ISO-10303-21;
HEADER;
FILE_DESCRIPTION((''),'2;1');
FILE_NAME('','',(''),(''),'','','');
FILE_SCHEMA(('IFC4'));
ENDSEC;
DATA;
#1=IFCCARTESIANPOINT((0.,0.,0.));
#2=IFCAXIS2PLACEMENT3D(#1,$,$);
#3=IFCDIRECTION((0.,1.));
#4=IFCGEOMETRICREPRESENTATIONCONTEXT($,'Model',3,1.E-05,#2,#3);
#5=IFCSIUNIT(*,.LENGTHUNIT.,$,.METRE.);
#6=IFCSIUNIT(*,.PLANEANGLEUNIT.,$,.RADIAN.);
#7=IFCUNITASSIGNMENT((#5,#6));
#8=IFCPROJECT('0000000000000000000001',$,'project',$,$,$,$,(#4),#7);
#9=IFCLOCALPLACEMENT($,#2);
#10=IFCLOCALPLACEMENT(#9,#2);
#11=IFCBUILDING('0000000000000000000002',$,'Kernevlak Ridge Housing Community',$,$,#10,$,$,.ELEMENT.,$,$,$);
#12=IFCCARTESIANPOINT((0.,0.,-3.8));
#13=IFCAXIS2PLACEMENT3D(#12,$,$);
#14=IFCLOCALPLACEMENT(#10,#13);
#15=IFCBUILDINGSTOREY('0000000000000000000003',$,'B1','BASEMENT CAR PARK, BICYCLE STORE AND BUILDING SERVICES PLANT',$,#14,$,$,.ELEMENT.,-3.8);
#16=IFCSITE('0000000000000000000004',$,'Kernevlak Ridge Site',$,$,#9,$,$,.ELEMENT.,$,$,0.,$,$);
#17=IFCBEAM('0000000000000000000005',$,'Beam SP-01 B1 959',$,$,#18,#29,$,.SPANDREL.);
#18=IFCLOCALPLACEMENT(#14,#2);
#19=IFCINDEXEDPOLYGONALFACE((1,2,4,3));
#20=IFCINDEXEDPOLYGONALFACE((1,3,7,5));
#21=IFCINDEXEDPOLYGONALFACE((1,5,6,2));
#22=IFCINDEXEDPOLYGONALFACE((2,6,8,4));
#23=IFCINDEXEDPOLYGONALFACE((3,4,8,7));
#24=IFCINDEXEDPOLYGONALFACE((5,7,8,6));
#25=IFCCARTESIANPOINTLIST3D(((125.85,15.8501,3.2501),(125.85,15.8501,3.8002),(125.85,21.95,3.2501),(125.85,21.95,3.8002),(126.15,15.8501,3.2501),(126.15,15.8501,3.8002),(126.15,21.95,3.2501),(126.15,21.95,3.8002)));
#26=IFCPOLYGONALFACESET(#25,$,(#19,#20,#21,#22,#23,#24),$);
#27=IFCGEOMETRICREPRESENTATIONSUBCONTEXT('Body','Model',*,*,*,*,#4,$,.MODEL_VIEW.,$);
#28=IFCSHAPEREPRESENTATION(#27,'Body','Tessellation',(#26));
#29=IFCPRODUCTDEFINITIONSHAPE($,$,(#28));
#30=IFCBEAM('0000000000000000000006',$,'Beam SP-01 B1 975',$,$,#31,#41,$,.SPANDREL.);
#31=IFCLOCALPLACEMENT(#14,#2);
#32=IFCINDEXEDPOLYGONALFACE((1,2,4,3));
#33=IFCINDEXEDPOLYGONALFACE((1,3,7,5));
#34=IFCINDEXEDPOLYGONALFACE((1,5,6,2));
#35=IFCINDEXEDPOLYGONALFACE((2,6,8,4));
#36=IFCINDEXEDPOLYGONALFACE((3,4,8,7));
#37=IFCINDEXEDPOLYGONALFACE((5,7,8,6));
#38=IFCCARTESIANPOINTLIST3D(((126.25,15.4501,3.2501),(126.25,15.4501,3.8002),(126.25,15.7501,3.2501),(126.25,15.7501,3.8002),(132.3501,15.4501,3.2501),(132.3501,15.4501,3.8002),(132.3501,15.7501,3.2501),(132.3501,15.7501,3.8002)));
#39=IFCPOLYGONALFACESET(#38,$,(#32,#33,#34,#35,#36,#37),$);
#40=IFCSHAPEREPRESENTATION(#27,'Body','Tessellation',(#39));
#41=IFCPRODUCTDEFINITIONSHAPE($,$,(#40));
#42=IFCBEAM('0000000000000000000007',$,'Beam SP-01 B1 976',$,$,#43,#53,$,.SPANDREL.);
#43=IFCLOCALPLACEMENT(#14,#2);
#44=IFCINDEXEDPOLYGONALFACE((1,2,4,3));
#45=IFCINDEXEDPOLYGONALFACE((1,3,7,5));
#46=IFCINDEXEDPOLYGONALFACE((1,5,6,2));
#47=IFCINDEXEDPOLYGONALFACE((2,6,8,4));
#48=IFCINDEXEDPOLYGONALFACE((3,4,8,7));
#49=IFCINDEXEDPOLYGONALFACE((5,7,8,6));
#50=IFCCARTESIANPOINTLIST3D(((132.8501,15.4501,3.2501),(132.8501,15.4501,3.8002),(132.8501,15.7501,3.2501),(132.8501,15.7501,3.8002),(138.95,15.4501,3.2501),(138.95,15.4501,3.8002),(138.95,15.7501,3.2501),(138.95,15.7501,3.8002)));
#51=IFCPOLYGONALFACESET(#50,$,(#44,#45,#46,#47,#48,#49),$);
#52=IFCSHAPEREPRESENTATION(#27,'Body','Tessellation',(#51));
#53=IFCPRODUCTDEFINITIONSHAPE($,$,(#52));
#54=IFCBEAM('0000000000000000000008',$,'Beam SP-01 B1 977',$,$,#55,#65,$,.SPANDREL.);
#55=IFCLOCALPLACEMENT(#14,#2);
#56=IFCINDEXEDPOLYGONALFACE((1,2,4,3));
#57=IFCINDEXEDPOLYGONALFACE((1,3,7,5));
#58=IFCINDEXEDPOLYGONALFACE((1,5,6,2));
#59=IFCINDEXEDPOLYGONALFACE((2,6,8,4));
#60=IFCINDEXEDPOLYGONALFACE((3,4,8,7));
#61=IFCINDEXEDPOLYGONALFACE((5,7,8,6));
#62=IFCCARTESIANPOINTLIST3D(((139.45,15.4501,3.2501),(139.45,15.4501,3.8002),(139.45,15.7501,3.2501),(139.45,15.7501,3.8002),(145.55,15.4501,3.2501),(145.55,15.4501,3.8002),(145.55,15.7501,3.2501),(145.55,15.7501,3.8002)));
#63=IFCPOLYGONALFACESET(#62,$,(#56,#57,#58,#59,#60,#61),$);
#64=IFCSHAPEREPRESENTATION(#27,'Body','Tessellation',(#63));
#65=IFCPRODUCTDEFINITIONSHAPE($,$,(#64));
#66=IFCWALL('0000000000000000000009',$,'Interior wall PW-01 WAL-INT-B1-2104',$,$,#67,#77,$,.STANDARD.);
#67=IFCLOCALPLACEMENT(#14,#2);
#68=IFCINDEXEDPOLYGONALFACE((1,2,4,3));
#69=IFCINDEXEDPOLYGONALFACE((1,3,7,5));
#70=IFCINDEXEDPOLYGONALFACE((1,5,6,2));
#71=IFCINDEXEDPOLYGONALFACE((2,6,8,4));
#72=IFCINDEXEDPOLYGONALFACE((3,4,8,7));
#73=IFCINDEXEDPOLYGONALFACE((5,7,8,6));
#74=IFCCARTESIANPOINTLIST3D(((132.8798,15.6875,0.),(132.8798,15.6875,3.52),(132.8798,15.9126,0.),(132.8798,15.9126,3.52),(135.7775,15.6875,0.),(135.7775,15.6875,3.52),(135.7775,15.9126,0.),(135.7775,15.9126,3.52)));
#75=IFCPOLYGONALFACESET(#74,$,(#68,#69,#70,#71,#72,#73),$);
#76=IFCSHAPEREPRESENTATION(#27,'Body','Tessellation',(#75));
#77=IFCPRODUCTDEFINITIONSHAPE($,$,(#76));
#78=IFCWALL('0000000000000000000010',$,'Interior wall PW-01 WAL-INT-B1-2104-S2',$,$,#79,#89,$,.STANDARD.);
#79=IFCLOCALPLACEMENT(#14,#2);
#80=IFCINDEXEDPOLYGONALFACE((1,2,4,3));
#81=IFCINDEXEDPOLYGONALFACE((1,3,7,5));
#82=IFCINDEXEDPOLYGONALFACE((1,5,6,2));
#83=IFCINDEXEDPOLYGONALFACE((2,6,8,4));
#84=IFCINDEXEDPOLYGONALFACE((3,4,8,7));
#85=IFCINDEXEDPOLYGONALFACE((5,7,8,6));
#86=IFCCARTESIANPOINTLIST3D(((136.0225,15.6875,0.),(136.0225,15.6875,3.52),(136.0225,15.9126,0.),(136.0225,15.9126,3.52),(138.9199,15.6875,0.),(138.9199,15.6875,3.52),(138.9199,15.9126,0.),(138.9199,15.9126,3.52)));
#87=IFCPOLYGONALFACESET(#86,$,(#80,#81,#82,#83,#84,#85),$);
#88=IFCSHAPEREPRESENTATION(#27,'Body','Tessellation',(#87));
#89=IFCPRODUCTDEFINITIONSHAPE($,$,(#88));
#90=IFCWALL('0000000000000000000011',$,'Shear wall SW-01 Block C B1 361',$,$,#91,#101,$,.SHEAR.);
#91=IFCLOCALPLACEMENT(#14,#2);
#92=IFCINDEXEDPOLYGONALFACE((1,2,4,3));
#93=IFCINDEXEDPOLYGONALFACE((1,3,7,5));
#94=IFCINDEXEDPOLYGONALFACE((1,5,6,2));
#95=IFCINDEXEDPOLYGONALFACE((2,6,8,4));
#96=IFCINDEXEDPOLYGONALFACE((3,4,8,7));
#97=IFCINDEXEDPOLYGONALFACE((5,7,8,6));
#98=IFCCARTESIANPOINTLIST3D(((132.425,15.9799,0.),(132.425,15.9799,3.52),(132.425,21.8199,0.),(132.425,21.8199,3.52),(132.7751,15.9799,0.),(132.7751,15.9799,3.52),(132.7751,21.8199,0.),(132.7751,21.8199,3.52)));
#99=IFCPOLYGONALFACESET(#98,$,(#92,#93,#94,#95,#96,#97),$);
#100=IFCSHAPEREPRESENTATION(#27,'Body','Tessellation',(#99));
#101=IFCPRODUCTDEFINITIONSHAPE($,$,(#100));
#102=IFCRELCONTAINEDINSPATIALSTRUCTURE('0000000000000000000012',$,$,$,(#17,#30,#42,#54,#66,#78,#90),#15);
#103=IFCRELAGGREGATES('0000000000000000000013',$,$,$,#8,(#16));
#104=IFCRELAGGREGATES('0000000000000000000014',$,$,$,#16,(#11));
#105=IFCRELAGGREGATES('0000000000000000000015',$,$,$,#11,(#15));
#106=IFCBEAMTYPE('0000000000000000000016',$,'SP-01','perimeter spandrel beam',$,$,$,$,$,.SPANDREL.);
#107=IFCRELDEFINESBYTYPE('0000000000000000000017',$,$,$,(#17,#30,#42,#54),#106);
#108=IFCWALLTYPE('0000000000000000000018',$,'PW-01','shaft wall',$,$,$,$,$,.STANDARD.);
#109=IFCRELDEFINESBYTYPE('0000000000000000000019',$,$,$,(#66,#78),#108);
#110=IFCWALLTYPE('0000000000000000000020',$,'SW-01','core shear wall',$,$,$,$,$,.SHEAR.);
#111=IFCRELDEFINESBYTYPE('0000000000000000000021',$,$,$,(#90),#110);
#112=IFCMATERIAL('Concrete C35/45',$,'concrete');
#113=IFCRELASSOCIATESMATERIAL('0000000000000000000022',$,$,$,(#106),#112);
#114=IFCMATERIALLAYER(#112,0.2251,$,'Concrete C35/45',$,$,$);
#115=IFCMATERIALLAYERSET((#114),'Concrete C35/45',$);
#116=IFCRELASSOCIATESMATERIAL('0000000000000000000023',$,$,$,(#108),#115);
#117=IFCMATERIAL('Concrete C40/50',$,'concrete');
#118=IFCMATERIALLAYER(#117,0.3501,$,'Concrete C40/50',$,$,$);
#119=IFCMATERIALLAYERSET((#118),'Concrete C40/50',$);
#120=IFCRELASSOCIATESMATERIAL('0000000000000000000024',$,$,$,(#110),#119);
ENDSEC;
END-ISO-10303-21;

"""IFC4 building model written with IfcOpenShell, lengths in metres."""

from ifc_helpers import new_model, si_unit, direction, frame, frame_2d, origin, origin_2d, place, context, subcontext, project, spatial, rectangle, extrude, material, layer, layer_set, material_profile, profile_set, type_object, element, save


model = new_model("IFC4")

# Units and contexts
model_context = context("Model", 3, precision=1e-05, world=origin(), true_north=direction((0.0, 1.0)))
body_context = subcontext(model_context, "Body", "Model", "MODEL_VIEW")
ifc_project = project(units=[si_unit("LENGTHUNIT", "METRE"), si_unit("PLANEANGLEUNIT", "RADIAN")], contexts=[model_context])

# Site, building, storey
site_placement = place(None, origin())
site = spatial("IfcSite", under=ifc_project, at=site_placement, Name="Kernevlak Ridge Site", CompositionType="ELEMENT", RefElevation=0.0)
building_placement = place(site_placement, origin())
building = spatial("IfcBuilding", under=site, at=building_placement, Name="Kernevlak Ridge Housing Community", CompositionType="ELEMENT")
storey_placement = place(building_placement, frame((0.0, 0.0, -3.8)))
storey = spatial("IfcBuildingStorey", under=building, at=storey_placement, Name="B1", Description="BASEMENT CAR PARK, BICYCLE STORE AND BUILDING SERVICES PLANT", CompositionType="ELEMENT", Elevation=-3.8)

# Shared definitions
ifc_material_1 = material(Name="Concrete C35/45", Category="concrete")

# Shared definitions
ifc_material_2 = material(Name="Concrete C40/50", Category="concrete")

# Beams
ifc_material_profile_1 = material_profile(ifc_material_1, rectangle(XDim=0.3, YDim=0.55, at=origin_2d()), Name="RC 300x550")
ifc_profile_set_1 = profile_set([ifc_material_profile_1], Name="Concrete C35/45")
beam_type_1 = type_object("IfcBeamType", Name="SP-01", Description="perimeter spandrel beam", PredefinedType="SPANDREL", material=ifc_profile_set_1)
beam_1_placement = place(storey_placement, frame((126.0, 15.8501, 3.5251), z_axis=(0.0, 1.0, 0.0), x_axis=(-1.0, 0.0, 0.0)))
element("IfcBeam", 1, at=beam_1_placement, inside=storey, type_object=beam_type_1, Name="Beam SP-01 B1 959", PredefinedType="SPANDREL", context=body_context, shape_type="SweptSolid", body=[
    extrude(rectangle(XDim=0.3, YDim=0.55, at=origin_2d()), origin(), (0.0, 0.0, 1.0), 6.0999),
])
beam_2_placement = place(storey_placement, frame((126.25, 15.6001, 3.5251), z_axis=(1.0, 0.0, 0.0), x_axis=(0.0, 1.0, 0.0)))
element("IfcBeam", 2, at=beam_2_placement, inside=storey, type_object=beam_type_1, Name="Beam SP-01 B1 975", PredefinedType="SPANDREL", context=body_context, shape_type="SweptSolid", body=[
    extrude(rectangle(XDim=0.3, YDim=0.55, at=origin_2d()), origin(), (0.0, 0.0, 1.0), 6.1001),
])
beam_3_placement = place(storey_placement, frame((132.8501, 15.6001, 3.5251), z_axis=(1.0, 0.0, 0.0), x_axis=(0.0, 1.0, 0.0)))
element("IfcBeam", 3, at=beam_3_placement, inside=storey, type_object=beam_type_1, Name="Beam SP-01 B1 976", PredefinedType="SPANDREL", context=body_context, shape_type="SweptSolid", body=[
    extrude(rectangle(XDim=0.3, YDim=0.55, at=origin_2d()), origin(), (0.0, 0.0, 1.0), 6.0999),
])
beam_4_placement = place(storey_placement, frame((139.45, 15.6001, 3.5251), z_axis=(1.0, 0.0, 0.0), x_axis=(0.0, 1.0, 0.0)))
element("IfcBeam", 4, at=beam_4_placement, inside=storey, type_object=beam_type_1, Name="Beam SP-01 B1 977", PredefinedType="SPANDREL", context=body_context, shape_type="SweptSolid", body=[
    extrude(rectangle(XDim=0.3, YDim=0.55, at=origin_2d()), origin(), (0.0, 0.0, 1.0), 6.1001),
])

# Shared definitions
ifc_layer_1 = layer(ifc_material_1, 0.2251, Name="Concrete C35/45")
ifc_layer_set_1 = layer_set([ifc_layer_1], Name="Concrete C35/45")
wall_type_1 = type_object("IfcWallType", Name="PW-01", Description="shaft wall", PredefinedType="STANDARD", material=ifc_layer_set_1)

# Walls
wall_1_placement = place(storey_placement, frame((132.8799, 15.8, 0.0), z_axis=(0.0, 0.0, 1.0), x_axis=(1.0, 0.0, 0.0)))
element("IfcWall", 5, at=wall_1_placement, inside=storey, type_object=wall_type_1, Name="Interior wall PW-01 WAL-INT-B1-2104", PredefinedType="STANDARD", context=body_context, shape_type="SweptSolid", body=[
    extrude(rectangle(XDim=2.8977, YDim=0.2251, at=frame_2d((1.4487, 0.0))), origin(), (0.0, 0.0, 1.0), 3.52),
])
wall_2_placement = place(storey_placement, frame((136.0225, 15.8, 0.0), z_axis=(0.0, 0.0, 1.0), x_axis=(1.0, 0.0, 0.0)))
element("IfcWall", 6, at=wall_2_placement, inside=storey, type_object=wall_type_1, Name="Interior wall PW-01 WAL-INT-B1-2104-S2", PredefinedType="STANDARD", context=body_context, shape_type="SweptSolid", body=[
    extrude(rectangle(XDim=2.8975, YDim=0.2251, at=frame_2d((1.4487, 0.0))), origin(), (0.0, 0.0, 1.0), 3.52),
])
ifc_layer_2 = layer(ifc_material_2, 0.3501, Name="Concrete C40/50")
ifc_layer_set_2 = layer_set([ifc_layer_2], Name="Concrete C40/50")
wall_type_2 = type_object("IfcWallType", Name="SW-01", Description="core shear wall", PredefinedType="SHEAR", material=ifc_layer_set_2)
wall_3_placement = place(storey_placement, frame((132.6001, 15.98, 0.0), z_axis=(0.0, 0.0, 1.0), x_axis=(0.0, 1.0, 0.0)))
element("IfcWall", 7, at=wall_3_placement, inside=storey, type_object=wall_type_2, Name="Shear wall SW-01 Block C B1 361", PredefinedType="SHEAR", context=body_context, shape_type="SweptSolid", body=[
    extrude(rectangle(XDim=5.8401, YDim=0.3501, at=frame_2d((2.9199, 0.0))), origin(), (0.0, 0.0, 1.0), 3.52),
])

save(model, "model.ifc")
